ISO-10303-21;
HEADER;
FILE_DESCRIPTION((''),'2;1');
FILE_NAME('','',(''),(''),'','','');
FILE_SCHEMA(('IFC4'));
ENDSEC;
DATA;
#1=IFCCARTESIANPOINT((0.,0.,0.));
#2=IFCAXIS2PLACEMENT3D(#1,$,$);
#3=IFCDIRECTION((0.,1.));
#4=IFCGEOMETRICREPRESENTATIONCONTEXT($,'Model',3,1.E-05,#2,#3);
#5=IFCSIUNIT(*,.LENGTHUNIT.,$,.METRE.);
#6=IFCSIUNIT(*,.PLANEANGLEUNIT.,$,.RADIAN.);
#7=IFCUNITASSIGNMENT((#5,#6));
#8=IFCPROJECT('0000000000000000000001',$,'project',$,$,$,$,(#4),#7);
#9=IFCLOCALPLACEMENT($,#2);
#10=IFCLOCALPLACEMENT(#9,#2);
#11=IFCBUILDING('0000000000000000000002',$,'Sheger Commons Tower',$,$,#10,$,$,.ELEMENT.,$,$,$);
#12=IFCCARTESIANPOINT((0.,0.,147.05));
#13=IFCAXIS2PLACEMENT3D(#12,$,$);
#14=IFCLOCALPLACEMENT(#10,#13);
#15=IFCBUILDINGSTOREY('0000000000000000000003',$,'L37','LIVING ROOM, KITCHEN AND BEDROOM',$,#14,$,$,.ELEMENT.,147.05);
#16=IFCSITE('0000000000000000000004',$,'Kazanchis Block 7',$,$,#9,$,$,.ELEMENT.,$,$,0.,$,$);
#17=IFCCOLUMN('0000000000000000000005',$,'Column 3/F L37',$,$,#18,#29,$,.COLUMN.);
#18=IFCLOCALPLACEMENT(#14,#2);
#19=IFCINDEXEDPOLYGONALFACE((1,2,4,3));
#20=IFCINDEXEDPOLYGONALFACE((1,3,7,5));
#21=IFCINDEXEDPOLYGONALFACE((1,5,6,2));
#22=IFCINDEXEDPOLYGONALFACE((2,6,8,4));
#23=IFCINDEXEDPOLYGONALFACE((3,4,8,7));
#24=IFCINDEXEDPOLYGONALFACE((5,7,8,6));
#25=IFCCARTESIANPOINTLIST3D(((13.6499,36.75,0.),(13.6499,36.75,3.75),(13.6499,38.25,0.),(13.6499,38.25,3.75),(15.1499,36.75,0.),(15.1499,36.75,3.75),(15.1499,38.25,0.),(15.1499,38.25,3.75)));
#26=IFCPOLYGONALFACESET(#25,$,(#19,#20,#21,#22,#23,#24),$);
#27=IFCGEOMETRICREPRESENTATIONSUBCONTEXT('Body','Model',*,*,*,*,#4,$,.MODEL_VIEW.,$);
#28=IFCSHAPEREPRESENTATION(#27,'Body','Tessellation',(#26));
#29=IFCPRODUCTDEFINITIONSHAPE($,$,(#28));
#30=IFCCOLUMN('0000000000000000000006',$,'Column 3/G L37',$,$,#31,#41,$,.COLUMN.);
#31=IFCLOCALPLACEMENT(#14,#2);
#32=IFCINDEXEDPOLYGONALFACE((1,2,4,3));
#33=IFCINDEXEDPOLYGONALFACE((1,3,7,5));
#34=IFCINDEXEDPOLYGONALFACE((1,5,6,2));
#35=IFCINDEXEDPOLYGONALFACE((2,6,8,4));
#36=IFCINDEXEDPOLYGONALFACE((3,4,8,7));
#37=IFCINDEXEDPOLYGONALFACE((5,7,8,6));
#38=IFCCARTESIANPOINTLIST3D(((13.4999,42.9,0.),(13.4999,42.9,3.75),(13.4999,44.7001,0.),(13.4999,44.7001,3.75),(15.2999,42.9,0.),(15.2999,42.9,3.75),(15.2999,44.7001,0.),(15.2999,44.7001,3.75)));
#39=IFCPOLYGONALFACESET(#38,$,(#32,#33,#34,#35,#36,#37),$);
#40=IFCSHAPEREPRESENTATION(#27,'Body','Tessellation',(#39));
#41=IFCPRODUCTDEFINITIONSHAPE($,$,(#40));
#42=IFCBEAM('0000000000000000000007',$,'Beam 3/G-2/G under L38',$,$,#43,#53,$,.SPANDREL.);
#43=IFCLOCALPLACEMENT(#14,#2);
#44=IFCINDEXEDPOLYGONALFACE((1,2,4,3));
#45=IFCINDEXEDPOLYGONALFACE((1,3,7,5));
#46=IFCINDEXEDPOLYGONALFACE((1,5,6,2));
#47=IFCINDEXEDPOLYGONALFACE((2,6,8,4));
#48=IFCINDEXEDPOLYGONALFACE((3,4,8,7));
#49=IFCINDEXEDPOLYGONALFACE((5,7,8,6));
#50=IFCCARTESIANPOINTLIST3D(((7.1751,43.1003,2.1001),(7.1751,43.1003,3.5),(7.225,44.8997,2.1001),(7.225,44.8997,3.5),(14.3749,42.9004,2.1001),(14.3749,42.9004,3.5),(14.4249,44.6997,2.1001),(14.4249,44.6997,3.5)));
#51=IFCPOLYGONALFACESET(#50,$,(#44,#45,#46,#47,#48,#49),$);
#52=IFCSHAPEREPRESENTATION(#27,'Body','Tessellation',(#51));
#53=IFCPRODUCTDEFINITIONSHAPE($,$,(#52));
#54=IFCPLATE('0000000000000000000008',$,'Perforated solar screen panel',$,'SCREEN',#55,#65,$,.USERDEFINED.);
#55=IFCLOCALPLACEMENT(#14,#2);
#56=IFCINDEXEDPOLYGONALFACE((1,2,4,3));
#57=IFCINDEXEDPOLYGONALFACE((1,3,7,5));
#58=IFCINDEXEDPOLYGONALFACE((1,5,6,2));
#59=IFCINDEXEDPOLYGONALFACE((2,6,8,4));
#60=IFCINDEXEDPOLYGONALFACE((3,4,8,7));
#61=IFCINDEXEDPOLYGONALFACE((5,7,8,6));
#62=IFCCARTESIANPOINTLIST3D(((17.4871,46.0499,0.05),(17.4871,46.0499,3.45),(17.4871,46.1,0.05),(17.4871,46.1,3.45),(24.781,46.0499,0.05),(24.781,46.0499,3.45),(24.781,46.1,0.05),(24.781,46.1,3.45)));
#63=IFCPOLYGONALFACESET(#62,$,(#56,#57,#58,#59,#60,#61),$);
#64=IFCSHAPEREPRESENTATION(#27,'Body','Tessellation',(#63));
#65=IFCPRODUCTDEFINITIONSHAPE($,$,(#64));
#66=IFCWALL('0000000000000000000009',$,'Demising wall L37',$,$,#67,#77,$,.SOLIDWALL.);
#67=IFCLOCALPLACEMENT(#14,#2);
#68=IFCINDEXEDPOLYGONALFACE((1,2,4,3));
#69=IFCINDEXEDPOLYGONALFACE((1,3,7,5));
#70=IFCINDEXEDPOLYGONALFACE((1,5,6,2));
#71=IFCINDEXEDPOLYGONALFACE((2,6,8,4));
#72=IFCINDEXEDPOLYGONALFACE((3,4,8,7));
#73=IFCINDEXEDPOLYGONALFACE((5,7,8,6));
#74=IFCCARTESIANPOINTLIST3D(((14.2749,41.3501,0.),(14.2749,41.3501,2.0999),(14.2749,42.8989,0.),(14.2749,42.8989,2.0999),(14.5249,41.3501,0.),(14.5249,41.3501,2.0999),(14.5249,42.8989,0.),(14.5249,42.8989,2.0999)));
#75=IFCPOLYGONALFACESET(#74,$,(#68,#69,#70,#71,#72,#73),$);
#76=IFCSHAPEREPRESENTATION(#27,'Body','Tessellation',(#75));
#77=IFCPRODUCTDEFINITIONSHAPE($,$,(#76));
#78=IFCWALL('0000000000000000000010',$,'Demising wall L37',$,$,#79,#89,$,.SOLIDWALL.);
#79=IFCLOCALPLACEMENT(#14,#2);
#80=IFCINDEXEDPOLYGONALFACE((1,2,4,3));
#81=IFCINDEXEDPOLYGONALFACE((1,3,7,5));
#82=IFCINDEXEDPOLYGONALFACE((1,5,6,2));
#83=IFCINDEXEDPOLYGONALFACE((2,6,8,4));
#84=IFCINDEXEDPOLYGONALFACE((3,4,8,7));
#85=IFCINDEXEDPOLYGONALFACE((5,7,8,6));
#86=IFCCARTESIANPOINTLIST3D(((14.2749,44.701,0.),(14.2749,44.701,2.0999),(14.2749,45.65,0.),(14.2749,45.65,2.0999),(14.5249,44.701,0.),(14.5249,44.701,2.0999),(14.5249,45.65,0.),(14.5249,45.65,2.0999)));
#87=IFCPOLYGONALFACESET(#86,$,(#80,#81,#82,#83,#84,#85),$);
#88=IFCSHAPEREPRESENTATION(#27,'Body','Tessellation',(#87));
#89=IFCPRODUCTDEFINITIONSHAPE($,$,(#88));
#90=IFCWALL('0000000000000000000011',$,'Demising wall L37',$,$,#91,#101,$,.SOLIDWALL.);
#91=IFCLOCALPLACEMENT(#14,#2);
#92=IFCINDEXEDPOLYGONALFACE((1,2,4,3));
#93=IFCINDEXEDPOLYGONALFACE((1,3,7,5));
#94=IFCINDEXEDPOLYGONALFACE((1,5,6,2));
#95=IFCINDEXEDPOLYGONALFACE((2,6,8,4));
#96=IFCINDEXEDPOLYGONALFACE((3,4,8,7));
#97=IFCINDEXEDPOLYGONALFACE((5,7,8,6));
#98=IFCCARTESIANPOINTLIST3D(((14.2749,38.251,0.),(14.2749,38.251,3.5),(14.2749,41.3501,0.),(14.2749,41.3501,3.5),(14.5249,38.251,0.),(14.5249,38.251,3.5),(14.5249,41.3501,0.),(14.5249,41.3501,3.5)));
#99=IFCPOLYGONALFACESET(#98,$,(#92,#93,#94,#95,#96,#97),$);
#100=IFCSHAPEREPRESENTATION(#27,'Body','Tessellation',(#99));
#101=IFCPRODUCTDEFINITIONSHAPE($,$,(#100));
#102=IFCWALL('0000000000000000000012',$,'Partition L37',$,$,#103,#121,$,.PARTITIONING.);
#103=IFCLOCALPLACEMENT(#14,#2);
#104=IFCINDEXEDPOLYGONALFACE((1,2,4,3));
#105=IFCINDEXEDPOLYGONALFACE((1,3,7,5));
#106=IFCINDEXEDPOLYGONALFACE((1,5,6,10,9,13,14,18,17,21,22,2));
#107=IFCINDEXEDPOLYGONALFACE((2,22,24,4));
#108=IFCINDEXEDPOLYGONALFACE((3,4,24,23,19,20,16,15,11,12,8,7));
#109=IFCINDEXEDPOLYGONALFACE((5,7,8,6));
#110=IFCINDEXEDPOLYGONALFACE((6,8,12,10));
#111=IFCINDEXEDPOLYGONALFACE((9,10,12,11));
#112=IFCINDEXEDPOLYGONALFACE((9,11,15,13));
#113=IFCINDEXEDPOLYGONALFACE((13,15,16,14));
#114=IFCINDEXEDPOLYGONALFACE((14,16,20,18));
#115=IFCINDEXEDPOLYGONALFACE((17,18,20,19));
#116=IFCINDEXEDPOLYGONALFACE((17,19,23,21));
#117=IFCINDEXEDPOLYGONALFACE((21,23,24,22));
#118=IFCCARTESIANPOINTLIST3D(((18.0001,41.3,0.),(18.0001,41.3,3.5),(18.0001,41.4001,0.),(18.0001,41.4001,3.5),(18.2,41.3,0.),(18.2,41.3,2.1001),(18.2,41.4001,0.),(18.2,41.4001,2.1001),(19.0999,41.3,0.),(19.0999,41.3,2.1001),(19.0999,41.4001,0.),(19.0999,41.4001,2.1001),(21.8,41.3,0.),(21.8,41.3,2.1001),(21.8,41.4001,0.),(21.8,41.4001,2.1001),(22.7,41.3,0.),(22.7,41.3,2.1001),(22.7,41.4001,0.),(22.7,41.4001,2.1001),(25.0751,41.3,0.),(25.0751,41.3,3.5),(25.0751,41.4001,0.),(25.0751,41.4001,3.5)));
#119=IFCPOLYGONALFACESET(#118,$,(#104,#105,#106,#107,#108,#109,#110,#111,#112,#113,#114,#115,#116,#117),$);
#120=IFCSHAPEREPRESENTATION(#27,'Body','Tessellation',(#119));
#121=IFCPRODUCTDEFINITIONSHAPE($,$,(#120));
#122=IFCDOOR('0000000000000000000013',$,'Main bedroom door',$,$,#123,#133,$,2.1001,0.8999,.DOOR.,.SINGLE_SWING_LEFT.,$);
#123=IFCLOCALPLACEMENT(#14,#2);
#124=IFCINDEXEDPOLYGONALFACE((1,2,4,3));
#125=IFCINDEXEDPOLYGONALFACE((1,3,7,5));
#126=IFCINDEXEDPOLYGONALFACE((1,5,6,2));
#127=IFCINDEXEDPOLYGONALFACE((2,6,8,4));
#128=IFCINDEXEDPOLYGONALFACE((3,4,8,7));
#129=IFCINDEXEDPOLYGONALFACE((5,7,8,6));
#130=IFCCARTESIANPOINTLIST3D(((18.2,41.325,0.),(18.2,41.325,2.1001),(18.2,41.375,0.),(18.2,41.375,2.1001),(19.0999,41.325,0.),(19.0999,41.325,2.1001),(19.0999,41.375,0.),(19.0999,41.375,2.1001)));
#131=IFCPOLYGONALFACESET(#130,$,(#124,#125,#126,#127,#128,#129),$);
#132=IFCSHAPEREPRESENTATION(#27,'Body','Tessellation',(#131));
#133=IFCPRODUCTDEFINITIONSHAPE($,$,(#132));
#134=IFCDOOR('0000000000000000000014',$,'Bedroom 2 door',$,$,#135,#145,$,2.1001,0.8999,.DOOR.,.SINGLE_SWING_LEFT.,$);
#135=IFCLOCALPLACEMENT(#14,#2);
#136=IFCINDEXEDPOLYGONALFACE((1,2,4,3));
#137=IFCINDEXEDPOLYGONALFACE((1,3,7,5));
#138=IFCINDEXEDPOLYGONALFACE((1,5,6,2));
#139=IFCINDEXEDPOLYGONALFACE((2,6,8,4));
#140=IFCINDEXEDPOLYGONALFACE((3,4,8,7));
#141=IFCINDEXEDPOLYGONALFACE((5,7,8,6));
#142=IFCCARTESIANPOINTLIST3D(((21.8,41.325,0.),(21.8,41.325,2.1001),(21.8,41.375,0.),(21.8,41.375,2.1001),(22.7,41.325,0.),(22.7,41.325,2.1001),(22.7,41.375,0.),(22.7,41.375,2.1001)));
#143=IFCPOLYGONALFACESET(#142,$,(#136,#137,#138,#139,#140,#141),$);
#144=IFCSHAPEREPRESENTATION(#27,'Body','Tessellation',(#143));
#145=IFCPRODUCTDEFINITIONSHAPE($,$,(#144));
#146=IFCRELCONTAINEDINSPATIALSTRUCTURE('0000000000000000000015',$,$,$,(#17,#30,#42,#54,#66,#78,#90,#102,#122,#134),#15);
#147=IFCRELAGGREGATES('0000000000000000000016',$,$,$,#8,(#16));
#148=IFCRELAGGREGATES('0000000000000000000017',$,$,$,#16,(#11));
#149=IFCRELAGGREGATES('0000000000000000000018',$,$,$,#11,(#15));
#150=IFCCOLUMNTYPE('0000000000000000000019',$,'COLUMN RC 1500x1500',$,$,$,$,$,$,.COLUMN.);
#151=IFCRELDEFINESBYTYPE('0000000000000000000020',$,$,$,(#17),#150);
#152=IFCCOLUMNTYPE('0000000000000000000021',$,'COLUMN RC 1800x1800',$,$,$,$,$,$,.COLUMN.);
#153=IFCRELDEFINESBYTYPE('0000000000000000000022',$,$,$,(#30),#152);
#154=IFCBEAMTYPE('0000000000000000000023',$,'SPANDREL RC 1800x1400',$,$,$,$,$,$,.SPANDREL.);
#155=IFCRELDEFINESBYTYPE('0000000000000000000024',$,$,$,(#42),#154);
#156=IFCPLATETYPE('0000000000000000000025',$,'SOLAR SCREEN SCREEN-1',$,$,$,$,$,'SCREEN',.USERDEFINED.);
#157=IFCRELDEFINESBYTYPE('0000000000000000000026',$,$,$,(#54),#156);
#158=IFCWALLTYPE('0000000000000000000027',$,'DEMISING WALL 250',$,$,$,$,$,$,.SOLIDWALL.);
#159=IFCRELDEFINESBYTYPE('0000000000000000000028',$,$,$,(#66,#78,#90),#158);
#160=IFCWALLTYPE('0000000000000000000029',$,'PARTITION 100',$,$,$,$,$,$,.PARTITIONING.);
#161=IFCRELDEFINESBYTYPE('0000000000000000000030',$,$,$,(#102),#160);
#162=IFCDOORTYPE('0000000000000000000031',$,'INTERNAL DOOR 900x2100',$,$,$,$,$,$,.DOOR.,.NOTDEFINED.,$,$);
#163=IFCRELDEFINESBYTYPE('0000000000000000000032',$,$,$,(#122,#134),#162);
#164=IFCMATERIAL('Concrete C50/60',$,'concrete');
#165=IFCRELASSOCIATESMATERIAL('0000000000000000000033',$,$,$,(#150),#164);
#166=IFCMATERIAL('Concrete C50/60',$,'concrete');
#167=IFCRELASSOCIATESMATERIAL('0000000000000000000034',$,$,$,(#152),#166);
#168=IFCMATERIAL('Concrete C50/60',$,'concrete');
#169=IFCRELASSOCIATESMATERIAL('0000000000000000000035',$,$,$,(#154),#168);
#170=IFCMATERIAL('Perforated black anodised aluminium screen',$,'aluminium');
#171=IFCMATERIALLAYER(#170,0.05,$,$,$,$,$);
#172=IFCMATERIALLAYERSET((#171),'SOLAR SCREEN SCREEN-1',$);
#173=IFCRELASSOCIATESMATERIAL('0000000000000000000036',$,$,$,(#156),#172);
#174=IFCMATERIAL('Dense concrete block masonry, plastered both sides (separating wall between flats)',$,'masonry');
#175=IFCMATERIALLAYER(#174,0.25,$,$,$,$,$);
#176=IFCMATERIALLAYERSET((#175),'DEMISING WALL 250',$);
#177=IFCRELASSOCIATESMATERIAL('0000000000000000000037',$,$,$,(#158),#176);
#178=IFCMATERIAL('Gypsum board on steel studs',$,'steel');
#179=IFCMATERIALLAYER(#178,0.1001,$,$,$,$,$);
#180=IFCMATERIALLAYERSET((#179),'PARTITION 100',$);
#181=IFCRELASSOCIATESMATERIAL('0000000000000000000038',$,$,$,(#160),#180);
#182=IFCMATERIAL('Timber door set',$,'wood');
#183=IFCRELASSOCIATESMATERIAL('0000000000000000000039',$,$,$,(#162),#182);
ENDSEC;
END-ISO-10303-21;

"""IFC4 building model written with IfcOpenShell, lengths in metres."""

from ifc_helpers import new_model, si_unit, direction, frame, frame_2d, origin, origin_2d, place, context, subcontext, project, spatial, rectangle, extrude, material, layer, layer_set, material_profile, profile_set, type_object, element, fill, save


model = new_model("IFC4")

# Units and contexts
model_context = context("Model", 3, precision=1e-05, world=origin(), true_north=direction((0.0, 1.0)))
body_context = subcontext(model_context, "Body", "Model", "MODEL_VIEW")
ifc_project = project(units=[si_unit("LENGTHUNIT", "METRE"), si_unit("PLANEANGLEUNIT", "RADIAN")], contexts=[model_context])

# Site, building, storey
site_placement = place(None, origin())
site = spatial("IfcSite", under=ifc_project, at=site_placement, Name="Kazanchis Block 7", CompositionType="ELEMENT", RefElevation=0.0)
building_placement = place(site_placement, origin())
building = spatial("IfcBuilding", under=site, at=building_placement, Name="Sheger Commons Tower", CompositionType="ELEMENT")
storey_placement = place(building_placement, frame((0.0, 0.0, 147.05)))
storey = spatial("IfcBuildingStorey", under=building, at=storey_placement, Name="L37", Description="LIVING ROOM, KITCHEN AND BEDROOM", CompositionType="ELEMENT", Elevation=147.05)

# Columns
ifc_material_1 = material(Name="Concrete C50/60", Category="concrete")
ifc_material_profile_1 = material_profile(ifc_material_1, rectangle(XDim=1.5, YDim=1.5, at=origin_2d()), Name="RC 1500x1500")
ifc_profile_set_1 = profile_set([ifc_material_profile_1], Name="Concrete C50/60")
column_type_1 = type_object("IfcColumnType", Name="COLUMN RC 1500x1500", PredefinedType="COLUMN", material=ifc_profile_set_1)
column_1_placement = place(storey_placement, frame((14.3999, 37.5, 0.0), z_axis=(0.0, 0.0, 1.0), x_axis=(1.0, 0.0, 0.0)))
element("IfcColumn", 1, at=column_1_placement, inside=storey, type_object=column_type_1, Name="Column 3/F L37", PredefinedType="COLUMN", context=body_context, shape_type="SweptSolid", body=[
    extrude(rectangle(XDim=1.5, YDim=1.5, at=origin_2d()), origin(), (0.0, 0.0, 1.0), 3.75),
])
ifc_material_2 = material(Name="Concrete C50/60", Category="concrete")
ifc_material_profile_2 = material_profile(ifc_material_2, rectangle(XDim=1.8, YDim=1.8, at=origin_2d()), Name="RC 1800x1800")
ifc_profile_set_2 = profile_set([ifc_material_profile_2], Name="Concrete C50/60")
column_type_2 = type_object("IfcColumnType", Name="COLUMN RC 1800x1800", PredefinedType="COLUMN", material=ifc_profile_set_2)
column_2_placement = place(storey_placement, frame((14.3999, 43.8, 0.0), z_axis=(0.0, 0.0, 1.0), x_axis=(1.0, 0.0, 0.0)))
element("IfcColumn", 2, at=column_2_placement, inside=storey, type_object=column_type_2, Name="Column 3/G L37", PredefinedType="COLUMN", context=body_context, shape_type="SweptSolid", body=[
    extrude(rectangle(XDim=1.8, YDim=1.8, at=origin_2d()), origin(), (0.0, 0.0, 1.0), 3.75),
])

# Beam
ifc_material_3 = material(Name="Concrete C50/60", Category="concrete")
ifc_material_profile_3 = material_profile(ifc_material_3, rectangle(XDim=1.8, YDim=1.3999, at=origin_2d()), Name="RC 1800x1400")
ifc_profile_set_3 = profile_set([ifc_material_profile_3], Name="Concrete C50/60")
beam_type = type_object("IfcBeamType", Name="SPANDREL RC 1800x1400", PredefinedType="SPANDREL", material=ifc_profile_set_3)
beam_placement = place(storey_placement, frame((14.3999, 43.8, 2.8), z_axis=(-0.999615, 0.02776, 0.0), x_axis=(-0.02776, -0.999615, 0.0)))
element("IfcBeam", 3, at=beam_placement, inside=storey, type_object=beam_type, Name="Beam 3/G-2/G under L38", PredefinedType="SPANDREL", context=body_context, shape_type="SweptSolid", body=[
    extrude(rectangle(XDim=1.8, YDim=1.3999, at=origin_2d()), origin(), (0.0, 0.0, 1.0), 7.2026),
])

# Plate
ifc_material_4 = material(Name="Perforated black anodised aluminium screen", Category="aluminium")
ifc_layer_1 = layer(ifc_material_4, 0.05)
ifc_layer_set_1 = layer_set([ifc_layer_1], Name="SOLAR SCREEN SCREEN-1")
plate_type = type_object("IfcPlateType", Name="SOLAR SCREEN SCREEN-1", ElementType="SCREEN", PredefinedType="USERDEFINED", material=ifc_layer_set_1)
plate_placement = place(storey_placement, frame((21.134, 46.075, 0.05), z_axis=(0.0, 0.0, 1.0), x_axis=(-1.0, 0.0, 0.0)))
element("IfcPlate", 4, at=plate_placement, inside=storey, type_object=plate_type, Name="Perforated solar screen panel", ObjectType="SCREEN", PredefinedType="USERDEFINED", context=body_context, shape_type="SweptSolid", body=[
    extrude(rectangle(XDim=7.2939, YDim=0.05, at=origin_2d()), origin(), (0.0, 0.0, 1.0), 3.3999),
])

# Walls
ifc_material_5 = material(Name="Dense concrete block masonry, plastered both sides (separating wall between flats)", Category="masonry")
ifc_layer_2 = layer(ifc_material_5, 0.25)
ifc_layer_set_2 = layer_set([ifc_layer_2], Name="DEMISING WALL 250")
wall_type_1 = type_object("IfcWallType", Name="DEMISING WALL 250", PredefinedType="SOLIDWALL", material=ifc_layer_set_2)
wall_1_placement = place(storey_placement, frame((14.3999, 41.3501, 0.0), z_axis=(0.0, 0.0, 1.0), x_axis=(0.0, 1.0, 0.0)))
element("IfcWall", 5, at=wall_1_placement, inside=storey, type_object=wall_type_1, Name="Demising wall L37", PredefinedType="SOLIDWALL", context=body_context, shape_type="SweptSolid", body=[
    extrude(rectangle(XDim=1.5488, YDim=0.25, at=frame_2d((0.7744, 0.0))), origin(), (0.0, 0.0, 1.0), 2.0999),
])
wall_2_placement = place(storey_placement, frame((14.3999, 44.7009, 0.0), z_axis=(0.0, 0.0, 1.0), x_axis=(0.0, 1.0, 0.0)))
element("IfcWall", 6, at=wall_2_placement, inside=storey, type_object=wall_type_1, Name="Demising wall L37", PredefinedType="SOLIDWALL", context=body_context, shape_type="SweptSolid", body=[
    extrude(rectangle(XDim=0.949, YDim=0.25, at=frame_2d((0.4746, 0.0))), origin(), (0.0, 0.0, 1.0), 2.0999),
])
wall_3_placement = place(storey_placement, frame((14.3999, 38.251, 0.0), z_axis=(0.0, 0.0, 1.0), x_axis=(0.0, 1.0, 0.0)))
element("IfcWall", 7, at=wall_3_placement, inside=storey, type_object=wall_type_1, Name="Demising wall L37", PredefinedType="SOLIDWALL", context=body_context, shape_type="SweptSolid", body=[
    extrude(rectangle(XDim=3.0991, YDim=0.25, at=frame_2d((1.5496, 0.0))), origin(), (0.0, 0.0, 1.0), 3.5),
])

# Wall, openings, doors
ifc_material_6 = material(Name="Gypsum board on steel studs", Category="steel")
ifc_layer_3 = layer(ifc_material_6, 0.1001)
ifc_layer_set_3 = layer_set([ifc_layer_3], Name="PARTITION 100")
wall_type_2 = type_object("IfcWallType", Name="PARTITION 100", PredefinedType="PARTITIONING", material=ifc_layer_set_3)
wall_4_placement = place(storey_placement, frame((18.0, 41.3501, 0.0), z_axis=(0.0, 0.0, 1.0), x_axis=(1.0, 0.0, 0.0)))
wall_4 = element("IfcWall", 8, at=wall_4_placement, inside=storey, type_object=wall_type_2, Name="Partition L37", PredefinedType="PARTITIONING", context=body_context, shape_type="SweptSolid", body=[
    extrude(rectangle(XDim=7.075, YDim=0.1001, at=frame_2d((3.5376, 0.0))), origin(), (0.0, 0.0, 1.0), 3.5),
])
opening_1_placement = place(wall_4_placement, frame((0.2, 0.0, 0.0)))
opening_1 = element("IfcOpeningElement", 9, at=opening_1_placement, cuts=wall_4, PredefinedType="OPENING", context=body_context, shape_type="SweptSolid", body=[
    extrude(rectangle(XDim=0.8999, YDim=2.1001, at=frame_2d((0.45, 1.05))), frame((0.0, 0.0601, 0.0), z_axis=(0.0, -1.0, 0.0), x_axis=(1.0, 0.0, 0.0)), (0.0, 0.0, 1.0), 0.1201),
])
opening_2_placement = place(wall_4_placement, frame((3.8, 0.0, 0.0)))
opening_2 = element("IfcOpeningElement", 10, at=opening_2_placement, cuts=wall_4, PredefinedType="OPENING", context=body_context, shape_type="SweptSolid", body=[
    extrude(rectangle(XDim=0.8999, YDim=2.1001, at=frame_2d((0.45, 1.05))), frame((0.0, 0.0601, 0.0), z_axis=(0.0, -1.0, 0.0), x_axis=(1.0, 0.0, 0.0)), (0.0, 0.0, 1.0), 0.1201),
])
ifc_material_7 = material(Name="Timber door set", Category="wood")
door_type = type_object("IfcDoorType", Name="INTERNAL DOOR 900x2100", OperationType="NOTDEFINED", PredefinedType="DOOR", material=ifc_material_7)
door_1_placement = place(opening_1_placement, origin())
door_1 = element("IfcDoor", 11, at=door_1_placement, inside=storey, type_object=door_type, Name="Main bedroom door", OperationType="SINGLE_SWING_LEFT", OverallHeight=2.1001, OverallWidth=0.8999, PredefinedType="DOOR", context=body_context, shape_type="SweptSolid", body=[
    extrude(rectangle(XDim=0.8999, YDim=2.1001, at=frame_2d((0.45, 1.05))), frame((0.0, 0.0249, 0.0), z_axis=(0.0, -1.0, 0.0), x_axis=(1.0, 0.0, 0.0)), (0.0, 0.0, 1.0), 0.05),
])
fill(opening_1, door_1)
door_2_placement = place(opening_2_placement, origin())
door_2 = element("IfcDoor", 12, at=door_2_placement, inside=storey, type_object=door_type, Name="Bedroom 2 door", OperationType="SINGLE_SWING_LEFT", OverallHeight=2.1001, OverallWidth=0.8999, PredefinedType="DOOR", context=body_context, shape_type="SweptSolid", body=[
    extrude(rectangle(XDim=0.8999, YDim=2.1001, at=frame_2d((0.45, 1.05))), frame((0.0, 0.0249, 0.0), z_axis=(0.0, -1.0, 0.0), x_axis=(1.0, 0.0, 0.0)), (0.0, 0.0, 1.0), 0.05),
])
fill(opening_2, door_2)

save(model, "model.ifc")
